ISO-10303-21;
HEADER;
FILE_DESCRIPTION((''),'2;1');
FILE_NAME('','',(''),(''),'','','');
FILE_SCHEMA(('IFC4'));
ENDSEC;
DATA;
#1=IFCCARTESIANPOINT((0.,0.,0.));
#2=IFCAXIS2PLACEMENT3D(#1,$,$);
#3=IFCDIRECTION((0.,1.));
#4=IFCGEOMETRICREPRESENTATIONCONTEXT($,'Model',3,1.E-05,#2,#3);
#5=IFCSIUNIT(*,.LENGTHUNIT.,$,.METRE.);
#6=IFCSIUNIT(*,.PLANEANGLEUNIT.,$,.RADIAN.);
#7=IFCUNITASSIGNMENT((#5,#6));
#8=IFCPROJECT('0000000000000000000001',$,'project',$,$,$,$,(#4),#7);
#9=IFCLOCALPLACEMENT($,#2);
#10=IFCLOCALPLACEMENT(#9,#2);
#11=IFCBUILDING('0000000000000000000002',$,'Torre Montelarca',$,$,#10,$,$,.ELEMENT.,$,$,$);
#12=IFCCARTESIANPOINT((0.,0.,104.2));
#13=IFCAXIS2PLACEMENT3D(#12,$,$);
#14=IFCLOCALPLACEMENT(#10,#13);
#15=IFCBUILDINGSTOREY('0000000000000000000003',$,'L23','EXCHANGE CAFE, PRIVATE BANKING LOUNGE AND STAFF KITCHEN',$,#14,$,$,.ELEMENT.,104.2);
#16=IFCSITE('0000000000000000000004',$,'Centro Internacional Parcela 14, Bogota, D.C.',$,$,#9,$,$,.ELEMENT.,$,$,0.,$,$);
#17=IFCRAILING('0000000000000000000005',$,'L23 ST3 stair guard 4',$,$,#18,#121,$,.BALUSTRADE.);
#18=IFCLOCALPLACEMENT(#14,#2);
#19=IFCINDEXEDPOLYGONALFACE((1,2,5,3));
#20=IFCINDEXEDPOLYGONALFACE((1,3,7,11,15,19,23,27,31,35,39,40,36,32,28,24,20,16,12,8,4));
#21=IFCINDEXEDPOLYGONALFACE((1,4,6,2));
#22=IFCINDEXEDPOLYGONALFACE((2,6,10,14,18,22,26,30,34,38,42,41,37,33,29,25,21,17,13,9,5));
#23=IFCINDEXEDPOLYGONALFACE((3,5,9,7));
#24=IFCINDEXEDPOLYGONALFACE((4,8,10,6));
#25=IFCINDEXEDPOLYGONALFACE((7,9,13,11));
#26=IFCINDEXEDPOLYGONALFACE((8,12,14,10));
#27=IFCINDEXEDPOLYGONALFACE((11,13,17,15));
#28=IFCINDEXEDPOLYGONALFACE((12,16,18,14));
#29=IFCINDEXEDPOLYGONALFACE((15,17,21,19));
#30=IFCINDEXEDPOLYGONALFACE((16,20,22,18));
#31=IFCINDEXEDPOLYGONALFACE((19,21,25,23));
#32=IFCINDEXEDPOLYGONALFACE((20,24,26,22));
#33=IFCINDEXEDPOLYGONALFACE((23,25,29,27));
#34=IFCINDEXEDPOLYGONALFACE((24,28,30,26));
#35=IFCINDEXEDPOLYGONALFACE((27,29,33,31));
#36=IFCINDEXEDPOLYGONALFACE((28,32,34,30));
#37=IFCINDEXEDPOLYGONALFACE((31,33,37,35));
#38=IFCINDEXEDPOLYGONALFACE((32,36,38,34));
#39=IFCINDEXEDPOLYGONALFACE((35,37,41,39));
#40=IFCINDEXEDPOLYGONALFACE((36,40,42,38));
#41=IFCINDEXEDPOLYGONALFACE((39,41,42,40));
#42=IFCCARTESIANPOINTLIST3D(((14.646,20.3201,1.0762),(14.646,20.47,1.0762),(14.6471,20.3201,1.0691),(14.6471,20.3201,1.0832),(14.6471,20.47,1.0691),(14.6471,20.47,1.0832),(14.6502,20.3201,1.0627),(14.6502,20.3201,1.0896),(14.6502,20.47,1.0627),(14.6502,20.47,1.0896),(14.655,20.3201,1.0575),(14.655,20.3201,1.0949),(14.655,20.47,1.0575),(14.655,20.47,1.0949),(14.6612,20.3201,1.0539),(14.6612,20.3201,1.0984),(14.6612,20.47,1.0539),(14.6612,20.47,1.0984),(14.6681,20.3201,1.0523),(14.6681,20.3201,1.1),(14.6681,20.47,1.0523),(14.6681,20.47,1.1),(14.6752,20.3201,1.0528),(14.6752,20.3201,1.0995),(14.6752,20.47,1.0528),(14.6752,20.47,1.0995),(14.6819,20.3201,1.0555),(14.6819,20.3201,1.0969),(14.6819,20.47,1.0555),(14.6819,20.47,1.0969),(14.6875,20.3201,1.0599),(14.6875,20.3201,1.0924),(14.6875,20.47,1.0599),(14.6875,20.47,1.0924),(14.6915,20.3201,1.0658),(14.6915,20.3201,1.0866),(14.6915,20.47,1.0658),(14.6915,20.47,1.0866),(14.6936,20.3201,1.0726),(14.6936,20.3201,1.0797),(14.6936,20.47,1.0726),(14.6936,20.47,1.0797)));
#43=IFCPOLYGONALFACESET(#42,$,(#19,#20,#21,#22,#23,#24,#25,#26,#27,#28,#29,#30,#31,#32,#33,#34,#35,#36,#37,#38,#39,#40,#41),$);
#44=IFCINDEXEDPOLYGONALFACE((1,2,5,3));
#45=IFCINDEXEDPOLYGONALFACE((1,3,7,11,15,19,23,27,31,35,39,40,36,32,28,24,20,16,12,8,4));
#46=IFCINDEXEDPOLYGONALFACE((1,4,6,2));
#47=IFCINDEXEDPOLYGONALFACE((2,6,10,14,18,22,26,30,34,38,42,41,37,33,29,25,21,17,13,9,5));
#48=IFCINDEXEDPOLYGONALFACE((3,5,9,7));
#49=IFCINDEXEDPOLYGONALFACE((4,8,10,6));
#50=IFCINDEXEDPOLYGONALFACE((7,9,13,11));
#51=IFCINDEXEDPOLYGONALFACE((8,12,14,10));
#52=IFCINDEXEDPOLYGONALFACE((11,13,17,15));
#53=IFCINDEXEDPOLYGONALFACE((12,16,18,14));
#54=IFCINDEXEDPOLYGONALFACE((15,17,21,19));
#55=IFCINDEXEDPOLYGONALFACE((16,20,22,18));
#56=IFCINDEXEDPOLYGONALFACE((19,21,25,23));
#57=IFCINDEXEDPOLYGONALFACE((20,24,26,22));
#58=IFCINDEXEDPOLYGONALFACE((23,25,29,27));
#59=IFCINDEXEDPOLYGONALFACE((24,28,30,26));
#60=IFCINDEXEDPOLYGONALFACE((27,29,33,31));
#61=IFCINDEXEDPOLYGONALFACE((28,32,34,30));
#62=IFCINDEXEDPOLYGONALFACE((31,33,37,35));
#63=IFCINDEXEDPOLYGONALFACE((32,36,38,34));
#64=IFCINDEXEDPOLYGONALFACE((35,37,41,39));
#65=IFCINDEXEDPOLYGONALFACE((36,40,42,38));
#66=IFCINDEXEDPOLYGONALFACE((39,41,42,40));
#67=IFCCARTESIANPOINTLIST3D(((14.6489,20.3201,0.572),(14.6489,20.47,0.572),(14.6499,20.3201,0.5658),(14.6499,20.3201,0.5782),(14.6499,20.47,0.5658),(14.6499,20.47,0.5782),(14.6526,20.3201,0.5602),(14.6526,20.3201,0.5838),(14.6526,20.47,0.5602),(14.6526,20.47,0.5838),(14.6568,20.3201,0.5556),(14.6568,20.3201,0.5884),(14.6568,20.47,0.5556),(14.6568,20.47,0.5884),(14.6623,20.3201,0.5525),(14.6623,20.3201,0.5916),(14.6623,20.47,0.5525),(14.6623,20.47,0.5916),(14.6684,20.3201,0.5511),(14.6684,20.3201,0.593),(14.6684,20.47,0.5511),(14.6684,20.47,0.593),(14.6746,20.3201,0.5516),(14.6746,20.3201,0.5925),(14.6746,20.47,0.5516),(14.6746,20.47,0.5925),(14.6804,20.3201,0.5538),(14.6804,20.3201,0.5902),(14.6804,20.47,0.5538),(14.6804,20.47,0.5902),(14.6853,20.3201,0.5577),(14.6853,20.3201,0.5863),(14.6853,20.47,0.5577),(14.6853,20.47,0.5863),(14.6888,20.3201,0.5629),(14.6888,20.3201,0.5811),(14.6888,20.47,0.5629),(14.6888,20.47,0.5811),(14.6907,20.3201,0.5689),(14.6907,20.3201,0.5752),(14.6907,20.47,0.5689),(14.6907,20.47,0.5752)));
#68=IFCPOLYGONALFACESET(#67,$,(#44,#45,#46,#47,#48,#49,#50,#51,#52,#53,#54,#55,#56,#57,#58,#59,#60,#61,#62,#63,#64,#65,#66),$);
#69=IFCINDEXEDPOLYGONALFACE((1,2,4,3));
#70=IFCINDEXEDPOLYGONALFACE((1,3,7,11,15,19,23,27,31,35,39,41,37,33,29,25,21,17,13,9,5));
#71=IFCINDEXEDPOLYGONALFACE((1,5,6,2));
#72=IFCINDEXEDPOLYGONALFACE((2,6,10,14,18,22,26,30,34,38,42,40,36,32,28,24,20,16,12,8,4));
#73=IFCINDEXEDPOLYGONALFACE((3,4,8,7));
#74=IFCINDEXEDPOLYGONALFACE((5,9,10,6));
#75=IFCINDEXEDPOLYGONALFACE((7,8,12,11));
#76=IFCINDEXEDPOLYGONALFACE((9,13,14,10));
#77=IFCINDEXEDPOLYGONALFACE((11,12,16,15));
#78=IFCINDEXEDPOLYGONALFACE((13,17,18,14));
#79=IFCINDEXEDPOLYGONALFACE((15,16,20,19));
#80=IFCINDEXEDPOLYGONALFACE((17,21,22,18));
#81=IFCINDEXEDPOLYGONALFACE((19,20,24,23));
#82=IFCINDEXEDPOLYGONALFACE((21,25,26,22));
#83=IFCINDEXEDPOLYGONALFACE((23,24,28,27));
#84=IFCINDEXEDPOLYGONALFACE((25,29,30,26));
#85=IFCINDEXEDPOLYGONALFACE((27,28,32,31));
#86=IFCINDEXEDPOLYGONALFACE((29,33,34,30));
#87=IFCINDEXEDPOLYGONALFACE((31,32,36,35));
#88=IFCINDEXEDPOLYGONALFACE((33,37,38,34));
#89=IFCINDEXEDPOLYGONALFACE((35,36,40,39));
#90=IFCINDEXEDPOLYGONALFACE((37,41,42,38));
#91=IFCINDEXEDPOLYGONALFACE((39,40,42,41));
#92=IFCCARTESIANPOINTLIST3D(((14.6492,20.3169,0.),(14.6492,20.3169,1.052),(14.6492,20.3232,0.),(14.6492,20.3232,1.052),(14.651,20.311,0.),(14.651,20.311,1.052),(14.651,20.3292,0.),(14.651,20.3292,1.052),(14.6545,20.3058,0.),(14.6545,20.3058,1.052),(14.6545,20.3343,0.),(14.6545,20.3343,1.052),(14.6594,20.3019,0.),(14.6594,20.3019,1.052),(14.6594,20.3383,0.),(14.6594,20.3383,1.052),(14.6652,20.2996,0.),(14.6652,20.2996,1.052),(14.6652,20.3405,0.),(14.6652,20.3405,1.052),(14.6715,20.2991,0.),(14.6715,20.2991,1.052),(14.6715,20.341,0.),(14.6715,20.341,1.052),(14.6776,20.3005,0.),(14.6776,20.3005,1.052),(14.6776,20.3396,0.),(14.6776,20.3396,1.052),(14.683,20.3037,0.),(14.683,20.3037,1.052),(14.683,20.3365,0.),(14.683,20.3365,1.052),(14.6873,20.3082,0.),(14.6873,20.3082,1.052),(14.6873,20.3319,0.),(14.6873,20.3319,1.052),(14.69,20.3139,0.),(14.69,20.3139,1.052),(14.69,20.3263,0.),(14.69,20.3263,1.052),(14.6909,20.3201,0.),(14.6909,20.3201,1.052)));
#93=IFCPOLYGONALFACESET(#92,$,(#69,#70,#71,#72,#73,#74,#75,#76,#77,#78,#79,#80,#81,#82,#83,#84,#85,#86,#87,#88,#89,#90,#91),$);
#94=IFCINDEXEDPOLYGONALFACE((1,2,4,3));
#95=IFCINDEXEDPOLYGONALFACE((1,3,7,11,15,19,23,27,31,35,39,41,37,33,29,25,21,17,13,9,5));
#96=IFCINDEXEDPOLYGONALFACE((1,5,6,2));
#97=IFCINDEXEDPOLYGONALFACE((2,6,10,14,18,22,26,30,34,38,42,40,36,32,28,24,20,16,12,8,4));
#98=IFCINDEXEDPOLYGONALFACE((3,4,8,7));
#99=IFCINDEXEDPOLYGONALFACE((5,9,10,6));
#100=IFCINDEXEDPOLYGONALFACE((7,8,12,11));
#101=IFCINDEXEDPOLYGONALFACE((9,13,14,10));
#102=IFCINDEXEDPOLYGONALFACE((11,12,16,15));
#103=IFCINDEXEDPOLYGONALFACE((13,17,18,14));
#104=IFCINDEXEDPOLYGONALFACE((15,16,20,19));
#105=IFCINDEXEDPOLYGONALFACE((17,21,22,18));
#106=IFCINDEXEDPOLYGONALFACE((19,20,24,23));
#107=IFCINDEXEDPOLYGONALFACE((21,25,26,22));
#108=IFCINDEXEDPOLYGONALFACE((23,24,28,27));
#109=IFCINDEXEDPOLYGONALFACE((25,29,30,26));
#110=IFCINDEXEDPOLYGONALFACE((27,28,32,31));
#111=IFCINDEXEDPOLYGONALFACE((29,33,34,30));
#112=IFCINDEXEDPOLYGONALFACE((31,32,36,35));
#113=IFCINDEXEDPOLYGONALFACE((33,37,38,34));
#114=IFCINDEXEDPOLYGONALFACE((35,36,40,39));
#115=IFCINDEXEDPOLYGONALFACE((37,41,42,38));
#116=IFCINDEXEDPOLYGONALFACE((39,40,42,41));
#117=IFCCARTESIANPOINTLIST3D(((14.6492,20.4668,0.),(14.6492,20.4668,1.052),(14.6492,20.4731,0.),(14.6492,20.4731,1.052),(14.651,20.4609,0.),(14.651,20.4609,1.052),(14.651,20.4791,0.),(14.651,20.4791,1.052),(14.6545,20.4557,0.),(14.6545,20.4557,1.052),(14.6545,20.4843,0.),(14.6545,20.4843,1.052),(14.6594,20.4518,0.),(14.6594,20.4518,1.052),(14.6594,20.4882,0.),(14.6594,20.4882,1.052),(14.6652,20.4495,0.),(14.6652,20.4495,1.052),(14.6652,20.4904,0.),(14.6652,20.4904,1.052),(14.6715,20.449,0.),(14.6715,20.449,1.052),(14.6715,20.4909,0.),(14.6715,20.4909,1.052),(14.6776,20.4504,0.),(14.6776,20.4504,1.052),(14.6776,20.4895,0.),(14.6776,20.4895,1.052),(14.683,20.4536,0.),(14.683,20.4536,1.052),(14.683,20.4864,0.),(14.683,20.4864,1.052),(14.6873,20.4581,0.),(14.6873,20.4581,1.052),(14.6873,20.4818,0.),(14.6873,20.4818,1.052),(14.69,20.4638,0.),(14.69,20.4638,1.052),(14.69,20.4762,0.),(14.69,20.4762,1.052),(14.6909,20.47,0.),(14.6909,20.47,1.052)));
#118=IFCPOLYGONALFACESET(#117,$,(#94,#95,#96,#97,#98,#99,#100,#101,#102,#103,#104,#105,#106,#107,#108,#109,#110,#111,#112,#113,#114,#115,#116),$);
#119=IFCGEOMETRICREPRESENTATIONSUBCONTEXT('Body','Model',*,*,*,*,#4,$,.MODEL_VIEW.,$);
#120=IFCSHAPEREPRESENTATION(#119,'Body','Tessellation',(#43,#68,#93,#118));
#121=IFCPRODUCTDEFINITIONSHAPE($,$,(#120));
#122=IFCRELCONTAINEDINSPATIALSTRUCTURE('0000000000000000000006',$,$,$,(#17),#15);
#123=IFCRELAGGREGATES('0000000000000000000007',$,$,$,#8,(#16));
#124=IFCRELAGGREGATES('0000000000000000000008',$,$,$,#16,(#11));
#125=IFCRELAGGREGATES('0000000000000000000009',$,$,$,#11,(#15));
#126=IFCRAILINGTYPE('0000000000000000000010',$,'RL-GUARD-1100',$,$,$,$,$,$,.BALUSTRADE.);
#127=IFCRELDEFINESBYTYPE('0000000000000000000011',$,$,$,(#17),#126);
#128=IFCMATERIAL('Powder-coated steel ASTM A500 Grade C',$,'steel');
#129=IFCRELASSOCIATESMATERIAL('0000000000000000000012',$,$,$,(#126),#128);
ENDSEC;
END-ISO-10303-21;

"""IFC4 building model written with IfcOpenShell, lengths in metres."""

from ifc_helpers import new_model, si_unit, direction, frame, origin, origin_2d, place, context, subcontext, project, spatial, circle, extrude, material, type_object, element, save


model = new_model("IFC4")

# Units and contexts
model_context = context("Model", 3, precision=1e-05, world=origin(), true_north=direction((0.0, 1.0)))
body_context = subcontext(model_context, "Body", "Model", "MODEL_VIEW")
ifc_project = project(units=[si_unit("LENGTHUNIT", "METRE"), si_unit("PLANEANGLEUNIT", "RADIAN")], contexts=[model_context])

# Site, building, storey
site_placement = place(None, origin())
site = spatial("IfcSite", under=ifc_project, at=site_placement, Name="Centro Internacional Parcela 14, Bogota, D.C.", CompositionType="ELEMENT", RefElevation=0.0)
building_placement = place(site_placement, origin())
building = spatial("IfcBuilding", under=site, at=building_placement, Name="Torre Montelarca", CompositionType="ELEMENT")
storey_placement = place(building_placement, frame((0.0, 0.0, 104.2)))
storey = spatial("IfcBuildingStorey", under=building, at=storey_placement, Name="L23", Description="EXCHANGE CAFE, PRIVATE BANKING LOUNGE AND STAFF KITCHEN", CompositionType="ELEMENT", Elevation=104.2)

# Railing
ifc_material_1 = material(Name="Powder-coated steel ASTM A500 Grade C", Category="steel")
railing_type_1 = type_object("IfcRailingType", Name="RL-GUARD-1100", PredefinedType="BALUSTRADE", material=ifc_material_1)
railing_1_placement = place(storey_placement, frame((14.6699, 20.3201, 0.0)))
element("IfcRailing", 1, at=railing_1_placement, inside=storey, type_object=railing_type_1, Name="L23 ST3 stair guard 4", PredefinedType="BALUSTRADE", context=body_context, shape_type="SweptSolid", body=[
    extrude(circle(Radius=0.0239, at=origin_2d()), frame((0.0, 0.0, 1.0762), z_axis=(0.0, 1.0, 0.0), x_axis=(-1.0, 0.0, 0.0)), (0.0, 0.0, 1.0), 0.1499),
    extrude(circle(Radius=0.021, at=origin_2d()), frame((0.0, 0.0, 0.572), z_axis=(0.0, 1.0, 0.0), x_axis=(-1.0, 0.0, 0.0)), (0.0, 0.0, 1.0), 0.1499),
    extrude(circle(Radius=0.021, at=origin_2d()), origin(), (0.0, 0.0, 1.0), 1.052),
    extrude(circle(Radius=0.021, at=origin_2d()), frame((0.0, 0.1499, 0.0)), (0.0, 0.0, 1.0), 1.052),
])

save(model, "model.ifc")
